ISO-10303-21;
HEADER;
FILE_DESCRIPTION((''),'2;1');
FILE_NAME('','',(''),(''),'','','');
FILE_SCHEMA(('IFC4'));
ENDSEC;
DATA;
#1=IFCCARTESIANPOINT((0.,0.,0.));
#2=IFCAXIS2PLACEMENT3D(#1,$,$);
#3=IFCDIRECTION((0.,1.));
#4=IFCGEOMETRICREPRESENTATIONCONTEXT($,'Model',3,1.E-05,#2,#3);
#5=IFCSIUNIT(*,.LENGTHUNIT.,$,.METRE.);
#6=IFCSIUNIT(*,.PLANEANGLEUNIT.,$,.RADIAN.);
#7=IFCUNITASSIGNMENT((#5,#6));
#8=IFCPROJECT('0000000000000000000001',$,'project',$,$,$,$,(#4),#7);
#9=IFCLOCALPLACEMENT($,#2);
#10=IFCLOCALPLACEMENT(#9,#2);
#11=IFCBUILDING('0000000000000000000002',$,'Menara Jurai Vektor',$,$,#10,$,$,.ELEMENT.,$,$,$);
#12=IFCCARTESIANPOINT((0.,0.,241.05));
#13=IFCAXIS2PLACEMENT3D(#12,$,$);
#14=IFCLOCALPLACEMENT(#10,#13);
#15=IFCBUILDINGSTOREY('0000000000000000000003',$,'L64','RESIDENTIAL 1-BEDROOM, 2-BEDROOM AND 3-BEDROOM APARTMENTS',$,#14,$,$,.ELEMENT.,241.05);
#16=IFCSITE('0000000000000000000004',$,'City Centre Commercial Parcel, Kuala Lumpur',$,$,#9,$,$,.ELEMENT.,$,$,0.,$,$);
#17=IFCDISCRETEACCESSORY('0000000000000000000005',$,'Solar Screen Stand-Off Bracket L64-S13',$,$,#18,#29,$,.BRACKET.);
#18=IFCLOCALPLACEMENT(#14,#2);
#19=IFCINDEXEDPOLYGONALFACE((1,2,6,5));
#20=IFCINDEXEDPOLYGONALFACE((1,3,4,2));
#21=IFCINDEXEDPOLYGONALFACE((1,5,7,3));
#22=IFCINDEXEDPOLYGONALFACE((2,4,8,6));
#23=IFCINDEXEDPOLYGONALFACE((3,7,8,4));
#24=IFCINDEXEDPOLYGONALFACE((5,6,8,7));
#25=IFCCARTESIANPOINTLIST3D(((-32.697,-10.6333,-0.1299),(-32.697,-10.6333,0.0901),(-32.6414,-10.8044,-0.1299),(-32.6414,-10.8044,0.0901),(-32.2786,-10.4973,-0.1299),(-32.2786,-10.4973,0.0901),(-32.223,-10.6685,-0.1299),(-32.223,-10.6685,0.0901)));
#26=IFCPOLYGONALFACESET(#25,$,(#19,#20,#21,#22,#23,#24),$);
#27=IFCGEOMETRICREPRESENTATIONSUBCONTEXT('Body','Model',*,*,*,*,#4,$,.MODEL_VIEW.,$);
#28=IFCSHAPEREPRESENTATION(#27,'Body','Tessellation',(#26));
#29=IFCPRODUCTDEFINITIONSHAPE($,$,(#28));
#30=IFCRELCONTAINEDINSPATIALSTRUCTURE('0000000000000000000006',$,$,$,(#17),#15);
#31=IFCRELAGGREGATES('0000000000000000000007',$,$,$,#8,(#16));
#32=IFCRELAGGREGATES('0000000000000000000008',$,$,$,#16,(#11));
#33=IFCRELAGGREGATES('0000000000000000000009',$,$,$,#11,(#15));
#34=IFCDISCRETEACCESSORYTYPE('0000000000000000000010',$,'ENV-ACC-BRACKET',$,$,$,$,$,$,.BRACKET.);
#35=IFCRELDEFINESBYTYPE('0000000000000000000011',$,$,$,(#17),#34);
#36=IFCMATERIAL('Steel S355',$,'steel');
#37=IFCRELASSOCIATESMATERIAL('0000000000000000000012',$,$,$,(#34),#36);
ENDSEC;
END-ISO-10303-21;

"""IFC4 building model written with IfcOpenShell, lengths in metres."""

from ifc_helpers import new_model, si_unit, direction, frame, origin, origin_2d, place, context, subcontext, project, spatial, rectangle, extrude, material, type_object, element, save


model = new_model("IFC4")

# Units and contexts
model_context = context("Model", 3, precision=1e-05, world=origin(), true_north=direction((0.0, 1.0)))
body_context = subcontext(model_context, "Body", "Model", "MODEL_VIEW")
ifc_project = project(units=[si_unit("LENGTHUNIT", "METRE"), si_unit("PLANEANGLEUNIT", "RADIAN")], contexts=[model_context])

# Site, building, storey
site_placement = place(None, origin())
site = spatial("IfcSite", under=ifc_project, at=site_placement, Name="City Centre Commercial Parcel, Kuala Lumpur", CompositionType="ELEMENT", RefElevation=0.0)
building_placement = place(site_placement, origin())
building = spatial("IfcBuilding", under=site, at=building_placement, Name="Menara Jurai Vektor", CompositionType="ELEMENT")
storey_placement = place(building_placement, frame((0.0, 0.0, 241.05)))
storey = spatial("IfcBuildingStorey", under=building, at=storey_placement, Name="L64", Description="RESIDENTIAL 1-BEDROOM, 2-BEDROOM AND 3-BEDROOM APARTMENTS", CompositionType="ELEMENT", Elevation=241.05)

# Shared definitions
ifc_material_1 = material(Name="Steel S355", Category="steel")

# Discrete accessory
discrete_accessory_type = type_object("IfcDiscreteAccessoryType", Name="ENV-ACC-BRACKET", PredefinedType="BRACKET", material=ifc_material_1)
discrete_accessory_placement = place(storey_placement, frame((-32.46, -10.6509, -0.1299), z_axis=(0.0, 0.0, 1.0), x_axis=(0.309017, -0.951057, 0.0)))
element("IfcDiscreteAccessory", 1, at=discrete_accessory_placement, inside=storey, type_object=discrete_accessory_type, Name="Solar Screen Stand-Off Bracket L64-S13", PredefinedType="BRACKET", context=body_context, shape_type="SweptSolid", body=[
    extrude(rectangle(XDim=0.1799, YDim=0.4399, at=origin_2d()), origin(), (0.0, 0.0, 1.0), 0.22),
])

save(model, "model.ifc")
